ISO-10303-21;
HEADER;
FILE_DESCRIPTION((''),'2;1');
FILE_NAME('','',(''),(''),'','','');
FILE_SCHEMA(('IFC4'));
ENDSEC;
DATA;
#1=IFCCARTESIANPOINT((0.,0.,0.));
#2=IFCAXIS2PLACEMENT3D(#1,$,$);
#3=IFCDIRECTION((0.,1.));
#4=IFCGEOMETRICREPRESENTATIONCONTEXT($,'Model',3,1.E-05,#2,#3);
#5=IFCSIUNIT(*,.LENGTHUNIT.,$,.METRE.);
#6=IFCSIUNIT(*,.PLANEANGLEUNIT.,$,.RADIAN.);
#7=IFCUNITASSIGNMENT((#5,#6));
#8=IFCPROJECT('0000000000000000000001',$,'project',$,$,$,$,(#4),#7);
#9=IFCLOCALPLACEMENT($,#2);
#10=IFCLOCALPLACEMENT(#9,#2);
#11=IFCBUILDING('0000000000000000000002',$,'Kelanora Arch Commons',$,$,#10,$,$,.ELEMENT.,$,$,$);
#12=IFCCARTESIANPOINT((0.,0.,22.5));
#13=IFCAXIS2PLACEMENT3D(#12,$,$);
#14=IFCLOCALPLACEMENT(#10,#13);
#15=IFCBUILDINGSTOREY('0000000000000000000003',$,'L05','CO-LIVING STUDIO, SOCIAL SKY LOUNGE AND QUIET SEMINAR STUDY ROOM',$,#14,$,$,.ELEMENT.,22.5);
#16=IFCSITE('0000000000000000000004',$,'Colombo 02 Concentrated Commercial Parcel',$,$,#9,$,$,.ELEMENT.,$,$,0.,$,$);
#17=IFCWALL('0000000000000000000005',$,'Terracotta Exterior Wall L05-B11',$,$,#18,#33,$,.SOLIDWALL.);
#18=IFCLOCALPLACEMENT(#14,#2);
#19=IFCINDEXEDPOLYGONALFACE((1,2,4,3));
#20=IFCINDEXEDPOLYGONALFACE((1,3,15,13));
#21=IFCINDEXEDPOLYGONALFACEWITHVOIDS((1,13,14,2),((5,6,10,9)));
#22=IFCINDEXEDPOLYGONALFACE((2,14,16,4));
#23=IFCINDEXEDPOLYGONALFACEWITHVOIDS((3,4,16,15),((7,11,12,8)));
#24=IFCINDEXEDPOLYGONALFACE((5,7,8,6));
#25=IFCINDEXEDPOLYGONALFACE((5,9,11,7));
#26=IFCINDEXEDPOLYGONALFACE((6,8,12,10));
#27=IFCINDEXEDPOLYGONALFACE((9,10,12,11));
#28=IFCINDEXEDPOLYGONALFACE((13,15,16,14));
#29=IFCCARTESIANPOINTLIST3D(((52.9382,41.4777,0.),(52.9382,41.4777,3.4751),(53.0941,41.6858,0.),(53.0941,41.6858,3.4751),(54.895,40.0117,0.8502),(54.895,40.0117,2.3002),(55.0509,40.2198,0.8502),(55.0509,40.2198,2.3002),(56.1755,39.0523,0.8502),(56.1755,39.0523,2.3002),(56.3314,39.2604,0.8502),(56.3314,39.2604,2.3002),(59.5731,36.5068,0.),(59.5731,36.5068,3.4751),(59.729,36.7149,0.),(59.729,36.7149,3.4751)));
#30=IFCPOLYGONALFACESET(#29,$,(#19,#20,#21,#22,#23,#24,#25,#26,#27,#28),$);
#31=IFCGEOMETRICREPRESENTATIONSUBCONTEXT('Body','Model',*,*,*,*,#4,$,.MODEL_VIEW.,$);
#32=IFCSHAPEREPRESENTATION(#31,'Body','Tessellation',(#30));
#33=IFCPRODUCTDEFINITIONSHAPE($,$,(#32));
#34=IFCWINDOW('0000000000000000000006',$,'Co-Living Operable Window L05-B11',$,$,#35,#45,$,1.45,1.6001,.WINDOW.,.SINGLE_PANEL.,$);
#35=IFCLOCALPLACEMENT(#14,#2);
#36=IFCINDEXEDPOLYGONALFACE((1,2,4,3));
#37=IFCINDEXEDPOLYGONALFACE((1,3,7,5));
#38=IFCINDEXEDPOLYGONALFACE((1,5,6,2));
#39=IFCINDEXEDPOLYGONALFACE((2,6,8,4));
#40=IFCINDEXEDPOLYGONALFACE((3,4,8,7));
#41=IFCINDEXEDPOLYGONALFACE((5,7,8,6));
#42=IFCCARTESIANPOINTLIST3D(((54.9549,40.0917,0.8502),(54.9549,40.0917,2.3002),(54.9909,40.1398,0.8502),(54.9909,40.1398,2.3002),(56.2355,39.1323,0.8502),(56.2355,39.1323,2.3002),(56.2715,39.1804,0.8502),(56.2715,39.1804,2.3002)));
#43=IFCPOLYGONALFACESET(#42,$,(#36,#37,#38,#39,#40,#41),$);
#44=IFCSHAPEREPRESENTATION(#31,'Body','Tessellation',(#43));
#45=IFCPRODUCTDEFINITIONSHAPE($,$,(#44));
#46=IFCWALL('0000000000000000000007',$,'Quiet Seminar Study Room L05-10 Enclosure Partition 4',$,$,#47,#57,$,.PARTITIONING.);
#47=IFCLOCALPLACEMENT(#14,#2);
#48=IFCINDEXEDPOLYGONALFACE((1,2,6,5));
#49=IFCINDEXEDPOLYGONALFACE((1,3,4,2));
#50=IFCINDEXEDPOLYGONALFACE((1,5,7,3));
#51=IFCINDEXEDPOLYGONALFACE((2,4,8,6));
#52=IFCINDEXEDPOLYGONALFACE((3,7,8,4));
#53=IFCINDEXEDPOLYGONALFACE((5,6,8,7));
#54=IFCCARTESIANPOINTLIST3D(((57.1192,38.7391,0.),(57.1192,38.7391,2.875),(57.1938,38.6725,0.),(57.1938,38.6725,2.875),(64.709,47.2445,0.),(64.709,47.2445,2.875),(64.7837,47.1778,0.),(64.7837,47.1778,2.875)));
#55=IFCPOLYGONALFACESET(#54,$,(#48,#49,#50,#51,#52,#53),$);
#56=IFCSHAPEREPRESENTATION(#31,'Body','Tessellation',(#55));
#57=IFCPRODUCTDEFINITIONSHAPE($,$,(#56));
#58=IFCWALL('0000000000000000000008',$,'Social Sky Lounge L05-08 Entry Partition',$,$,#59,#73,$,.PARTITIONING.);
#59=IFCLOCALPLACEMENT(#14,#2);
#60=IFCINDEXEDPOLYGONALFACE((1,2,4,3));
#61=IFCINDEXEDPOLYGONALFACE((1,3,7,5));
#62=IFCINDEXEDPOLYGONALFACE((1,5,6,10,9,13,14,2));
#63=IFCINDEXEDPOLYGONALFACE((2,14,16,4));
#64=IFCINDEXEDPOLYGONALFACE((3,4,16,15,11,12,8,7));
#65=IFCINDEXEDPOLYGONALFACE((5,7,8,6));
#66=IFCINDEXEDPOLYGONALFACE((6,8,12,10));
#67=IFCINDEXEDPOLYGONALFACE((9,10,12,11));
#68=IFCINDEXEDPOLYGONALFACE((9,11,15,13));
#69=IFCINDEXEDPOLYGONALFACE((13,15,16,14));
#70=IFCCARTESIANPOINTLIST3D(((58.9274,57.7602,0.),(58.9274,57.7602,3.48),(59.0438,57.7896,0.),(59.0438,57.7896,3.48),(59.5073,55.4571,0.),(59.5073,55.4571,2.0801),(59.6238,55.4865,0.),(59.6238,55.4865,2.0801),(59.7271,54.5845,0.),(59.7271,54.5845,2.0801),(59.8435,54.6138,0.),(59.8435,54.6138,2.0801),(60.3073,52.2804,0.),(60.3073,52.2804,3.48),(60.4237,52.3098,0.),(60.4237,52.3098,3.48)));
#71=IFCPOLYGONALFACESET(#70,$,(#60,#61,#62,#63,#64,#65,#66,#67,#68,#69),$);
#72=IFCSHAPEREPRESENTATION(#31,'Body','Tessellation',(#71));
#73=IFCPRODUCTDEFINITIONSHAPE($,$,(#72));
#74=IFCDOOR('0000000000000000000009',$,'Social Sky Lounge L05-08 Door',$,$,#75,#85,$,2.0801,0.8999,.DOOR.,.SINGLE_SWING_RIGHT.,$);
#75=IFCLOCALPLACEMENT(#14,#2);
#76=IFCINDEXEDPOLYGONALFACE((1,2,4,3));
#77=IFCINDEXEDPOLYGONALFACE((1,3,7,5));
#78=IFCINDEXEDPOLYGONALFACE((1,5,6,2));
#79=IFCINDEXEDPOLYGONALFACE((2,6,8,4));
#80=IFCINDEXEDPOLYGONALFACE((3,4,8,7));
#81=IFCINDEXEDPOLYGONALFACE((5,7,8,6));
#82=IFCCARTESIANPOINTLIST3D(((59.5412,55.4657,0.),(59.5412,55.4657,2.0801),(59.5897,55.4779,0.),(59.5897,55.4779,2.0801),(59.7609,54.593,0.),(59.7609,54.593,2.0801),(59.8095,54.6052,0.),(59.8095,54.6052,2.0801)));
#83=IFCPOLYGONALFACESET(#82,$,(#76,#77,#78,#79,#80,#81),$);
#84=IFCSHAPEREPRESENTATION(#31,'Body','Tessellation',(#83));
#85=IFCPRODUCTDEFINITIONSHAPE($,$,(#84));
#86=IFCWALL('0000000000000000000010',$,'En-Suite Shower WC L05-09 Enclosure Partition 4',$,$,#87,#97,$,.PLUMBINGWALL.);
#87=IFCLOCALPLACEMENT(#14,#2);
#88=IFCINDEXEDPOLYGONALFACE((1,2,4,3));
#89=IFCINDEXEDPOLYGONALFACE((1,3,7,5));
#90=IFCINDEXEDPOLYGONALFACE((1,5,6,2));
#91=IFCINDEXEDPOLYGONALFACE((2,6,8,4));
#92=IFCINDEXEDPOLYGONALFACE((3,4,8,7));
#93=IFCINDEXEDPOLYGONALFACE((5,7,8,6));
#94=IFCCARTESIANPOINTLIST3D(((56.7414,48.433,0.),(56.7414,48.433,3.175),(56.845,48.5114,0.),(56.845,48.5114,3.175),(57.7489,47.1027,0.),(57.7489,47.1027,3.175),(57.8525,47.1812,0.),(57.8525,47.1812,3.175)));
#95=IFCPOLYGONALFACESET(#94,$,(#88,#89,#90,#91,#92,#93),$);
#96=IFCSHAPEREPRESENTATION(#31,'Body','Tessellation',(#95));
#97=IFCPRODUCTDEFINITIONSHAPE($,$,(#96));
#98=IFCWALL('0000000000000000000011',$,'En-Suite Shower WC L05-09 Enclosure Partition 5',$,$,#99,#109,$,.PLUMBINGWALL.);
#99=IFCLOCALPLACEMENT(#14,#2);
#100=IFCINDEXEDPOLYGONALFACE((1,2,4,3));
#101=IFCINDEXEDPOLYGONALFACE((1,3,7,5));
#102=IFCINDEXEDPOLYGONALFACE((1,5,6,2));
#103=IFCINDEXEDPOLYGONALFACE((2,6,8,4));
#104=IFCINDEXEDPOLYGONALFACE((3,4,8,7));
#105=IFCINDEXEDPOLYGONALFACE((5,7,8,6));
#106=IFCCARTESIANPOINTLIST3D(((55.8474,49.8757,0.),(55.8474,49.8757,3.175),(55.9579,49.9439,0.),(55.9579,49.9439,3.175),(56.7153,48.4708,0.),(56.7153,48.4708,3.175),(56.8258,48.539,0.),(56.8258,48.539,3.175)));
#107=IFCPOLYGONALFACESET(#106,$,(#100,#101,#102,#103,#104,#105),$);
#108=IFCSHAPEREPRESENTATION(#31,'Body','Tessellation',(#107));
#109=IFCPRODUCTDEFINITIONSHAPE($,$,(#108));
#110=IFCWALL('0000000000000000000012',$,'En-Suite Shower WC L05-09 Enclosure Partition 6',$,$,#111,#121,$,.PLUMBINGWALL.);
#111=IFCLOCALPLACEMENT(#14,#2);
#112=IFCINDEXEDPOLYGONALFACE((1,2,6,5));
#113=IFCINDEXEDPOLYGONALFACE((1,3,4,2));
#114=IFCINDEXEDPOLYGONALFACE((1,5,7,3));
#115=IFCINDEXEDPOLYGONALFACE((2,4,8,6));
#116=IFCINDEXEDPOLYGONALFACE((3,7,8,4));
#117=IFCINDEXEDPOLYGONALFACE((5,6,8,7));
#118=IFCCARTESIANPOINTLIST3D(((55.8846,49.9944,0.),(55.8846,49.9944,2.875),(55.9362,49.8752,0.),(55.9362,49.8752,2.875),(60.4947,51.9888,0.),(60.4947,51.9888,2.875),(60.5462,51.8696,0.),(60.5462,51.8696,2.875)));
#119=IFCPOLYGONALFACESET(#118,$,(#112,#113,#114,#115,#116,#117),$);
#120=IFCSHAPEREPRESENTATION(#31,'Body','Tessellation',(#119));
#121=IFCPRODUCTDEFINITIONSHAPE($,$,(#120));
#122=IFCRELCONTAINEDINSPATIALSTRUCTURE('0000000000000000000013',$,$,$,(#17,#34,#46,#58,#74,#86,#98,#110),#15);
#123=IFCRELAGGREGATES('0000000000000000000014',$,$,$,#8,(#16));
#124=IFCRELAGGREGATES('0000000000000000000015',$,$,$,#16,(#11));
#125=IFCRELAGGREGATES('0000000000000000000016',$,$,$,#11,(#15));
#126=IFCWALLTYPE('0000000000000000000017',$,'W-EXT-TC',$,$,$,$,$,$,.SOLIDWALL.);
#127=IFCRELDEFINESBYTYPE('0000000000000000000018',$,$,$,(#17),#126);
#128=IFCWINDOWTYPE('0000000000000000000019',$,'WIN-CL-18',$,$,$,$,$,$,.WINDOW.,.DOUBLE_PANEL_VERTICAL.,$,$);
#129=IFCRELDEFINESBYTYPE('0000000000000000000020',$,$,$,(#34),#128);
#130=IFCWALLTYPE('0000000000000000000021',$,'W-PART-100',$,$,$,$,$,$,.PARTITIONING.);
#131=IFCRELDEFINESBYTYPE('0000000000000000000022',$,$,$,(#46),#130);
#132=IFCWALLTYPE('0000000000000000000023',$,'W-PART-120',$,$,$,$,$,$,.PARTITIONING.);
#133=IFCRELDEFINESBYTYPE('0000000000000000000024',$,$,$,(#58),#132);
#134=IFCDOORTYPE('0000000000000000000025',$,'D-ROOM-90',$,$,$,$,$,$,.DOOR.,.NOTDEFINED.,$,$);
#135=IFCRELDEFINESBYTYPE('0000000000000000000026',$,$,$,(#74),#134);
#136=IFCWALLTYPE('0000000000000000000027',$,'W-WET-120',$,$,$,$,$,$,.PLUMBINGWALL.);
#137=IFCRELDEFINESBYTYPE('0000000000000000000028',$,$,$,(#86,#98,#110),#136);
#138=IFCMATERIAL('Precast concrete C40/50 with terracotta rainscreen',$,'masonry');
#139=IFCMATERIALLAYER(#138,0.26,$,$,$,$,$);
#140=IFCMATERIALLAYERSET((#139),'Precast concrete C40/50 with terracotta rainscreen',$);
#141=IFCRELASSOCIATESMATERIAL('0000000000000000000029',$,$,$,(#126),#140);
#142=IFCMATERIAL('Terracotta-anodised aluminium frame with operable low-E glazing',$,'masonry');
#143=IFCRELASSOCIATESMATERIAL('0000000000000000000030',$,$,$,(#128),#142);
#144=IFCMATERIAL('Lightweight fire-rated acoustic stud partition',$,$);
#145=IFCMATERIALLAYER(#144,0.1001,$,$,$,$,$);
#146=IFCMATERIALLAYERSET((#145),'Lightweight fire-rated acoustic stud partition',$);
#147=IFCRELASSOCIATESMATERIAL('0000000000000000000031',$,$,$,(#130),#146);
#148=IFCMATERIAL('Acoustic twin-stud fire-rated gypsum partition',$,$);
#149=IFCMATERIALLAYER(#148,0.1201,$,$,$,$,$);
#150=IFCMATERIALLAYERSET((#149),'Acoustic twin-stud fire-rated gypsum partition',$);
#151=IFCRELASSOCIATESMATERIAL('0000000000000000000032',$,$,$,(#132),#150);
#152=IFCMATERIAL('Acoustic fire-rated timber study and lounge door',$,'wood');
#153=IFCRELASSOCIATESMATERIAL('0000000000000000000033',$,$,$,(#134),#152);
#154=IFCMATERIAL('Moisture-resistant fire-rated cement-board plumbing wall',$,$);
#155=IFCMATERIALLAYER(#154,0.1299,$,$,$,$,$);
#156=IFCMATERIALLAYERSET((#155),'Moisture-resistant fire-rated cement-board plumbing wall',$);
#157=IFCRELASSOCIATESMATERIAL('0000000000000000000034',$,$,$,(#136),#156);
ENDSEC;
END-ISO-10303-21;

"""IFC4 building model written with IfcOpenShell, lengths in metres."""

from ifc_helpers import new_model, si_unit, direction, frame, frame_2d, origin, place, context, subcontext, project, spatial, rectangle, extrude, material, layer, layer_set, type_object, element, fill, save


model = new_model("IFC4")

# Units and contexts
model_context = context("Model", 3, precision=1e-05, world=origin(), true_north=direction((0.0, 1.0)))
body_context = subcontext(model_context, "Body", "Model", "MODEL_VIEW")
ifc_project = project(units=[si_unit("LENGTHUNIT", "METRE"), si_unit("PLANEANGLEUNIT", "RADIAN")], contexts=[model_context])

# Site, building, storey
site_placement = place(None, origin())
site = spatial("IfcSite", under=ifc_project, at=site_placement, Name="Colombo 02 Concentrated Commercial Parcel", CompositionType="ELEMENT", RefElevation=0.0)
building_placement = place(site_placement, origin())
building = spatial("IfcBuilding", under=site, at=building_placement, Name="Kelanora Arch Commons", CompositionType="ELEMENT")
storey_placement = place(building_placement, frame((0.0, 0.0, 22.5)))
storey = spatial("IfcBuildingStorey", under=building, at=storey_placement, Name="L05", Description="CO-LIVING STUDIO, SOCIAL SKY LOUNGE AND QUIET SEMINAR STUDY ROOM", CompositionType="ELEMENT", Elevation=22.5)

# Wall, opening, window
ifc_material_1 = material(Name="Precast concrete C40/50 with terracotta rainscreen", Category="masonry")
ifc_layer_1 = layer(ifc_material_1, 0.26)
ifc_layer_set_1 = layer_set([ifc_layer_1], Name="Precast concrete C40/50 with terracotta rainscreen")
wall_type_1 = type_object("IfcWallType", Name="W-EXT-TC", PredefinedType="SOLIDWALL", material=ifc_layer_set_1)
wall_1_placement = place(storey_placement, frame((53.0161, 41.5818, 0.0), z_axis=(0.0, 0.0, 1.0), x_axis=(0.800307, -0.59959, 0.0)))
wall_1 = element("IfcWall", 1, at=wall_1_placement, inside=storey, type_object=wall_type_1, Name="Terracotta Exterior Wall L05-B11", PredefinedType="SOLIDWALL", context=body_context, shape_type="SweptSolid", body=[
    extrude(rectangle(XDim=8.2905, YDim=0.26, at=frame_2d((4.1453, 0.0))), origin(), (0.0, 0.0, 1.0), 3.4751),
])
opening_1_placement = place(wall_1_placement, frame((2.4451, 0.0, 0.8501)))
opening_1 = element("IfcOpeningElement", 2, at=opening_1_placement, cuts=wall_1, PredefinedType="OPENING", context=body_context, shape_type="SweptSolid", body=[
    extrude(rectangle(XDim=1.6001, YDim=1.45, at=frame_2d((0.8, 0.7251))), frame((0.0, 0.1401, 0.0), z_axis=(0.0, -1.0, 0.0), x_axis=(1.0, 0.0, 0.0)), (0.0, 0.0, 1.0), 0.28),
])
ifc_material_2 = material(Name="Terracotta-anodised aluminium frame with operable low-E glazing", Category="masonry")
window_type = type_object("IfcWindowType", Name="WIN-CL-18", PartitioningType="DOUBLE_PANEL_VERTICAL", PredefinedType="WINDOW", material=ifc_material_2)
window_placement = place(opening_1_placement, origin())
window = element("IfcWindow", 3, at=window_placement, inside=storey, type_object=window_type, Name="Co-Living Operable Window L05-B11", OverallHeight=1.45, OverallWidth=1.6001, PartitioningType="SINGLE_PANEL", PredefinedType="WINDOW", context=body_context, shape_type="SweptSolid", body=[
    extrude(rectangle(XDim=1.6001, YDim=1.45, at=frame_2d((0.8, 0.7251))), frame((0.0, 0.03, 0.0), z_axis=(0.0, -1.0, 0.0), x_axis=(1.0, 0.0, 0.0)), (0.0, 0.0, 1.0), 0.0601),
])
fill(opening_1, window)

# Wall
ifc_material_3 = material(Name="Lightweight fire-rated acoustic stud partition")
ifc_layer_2 = layer(ifc_material_3, 0.1001)
ifc_layer_set_2 = layer_set([ifc_layer_2], Name="Lightweight fire-rated acoustic stud partition")
wall_type_2 = type_object("IfcWallType", Name="W-PART-100", PredefinedType="PARTITIONING", material=ifc_layer_set_2)
wall_2_placement = place(storey_placement, frame((57.1565, 38.7058, 0.0), z_axis=(0.0, 0.0, 1.0), x_axis=(0.665809, 0.746122, 0.0)))
element("IfcWall", 4, at=wall_2_placement, inside=storey, type_object=wall_type_2, Name="Quiet Seminar Study Room L05-10 Enclosure Partition 4", PredefinedType="PARTITIONING", context=body_context, shape_type="SweptSolid", body=[
    extrude(rectangle(XDim=11.3994, YDim=0.1001, at=frame_2d((5.6997, 0.0))), origin(), (0.0, 0.0, 1.0), 2.875),
])

# Wall, opening, door
ifc_material_4 = material(Name="Acoustic twin-stud fire-rated gypsum partition")
ifc_layer_3 = layer(ifc_material_4, 0.1201)
ifc_layer_set_3 = layer_set([ifc_layer_3], Name="Acoustic twin-stud fire-rated gypsum partition")
wall_type_3 = type_object("IfcWallType", Name="W-PART-120", PredefinedType="PARTITIONING", material=ifc_layer_set_3)
wall_3_placement = place(storey_placement, frame((58.9856, 57.7749, 0.0), z_axis=(0.0, 0.0, 1.0), x_axis=(0.244192, -0.969727, 0.0)))
wall_3 = element("IfcWall", 5, at=wall_3_placement, inside=storey, type_object=wall_type_3, Name="Social Sky Lounge L05-08 Entry Partition", PredefinedType="PARTITIONING", context=body_context, shape_type="SweptSolid", body=[
    extrude(rectangle(XDim=5.6509, YDim=0.1201, at=frame_2d((2.8254, 0.0))), origin(), (0.0, 0.0, 1.0), 3.48),
])
opening_2_placement = place(wall_3_placement, frame((2.375, 0.0, 0.0)))
opening_2 = element("IfcOpeningElement", 6, at=opening_2_placement, cuts=wall_3, PredefinedType="OPENING", context=body_context, shape_type="SweptSolid", body=[
    extrude(rectangle(XDim=0.8999, YDim=2.0801, at=frame_2d((0.45, 1.04))), frame((0.0, 0.0701, 0.0), z_axis=(0.0, -1.0, 0.0), x_axis=(1.0, 0.0, 0.0)), (0.0, 0.0, 1.0), 0.1401),
])
ifc_material_5 = material(Name="Acoustic fire-rated timber study and lounge door", Category="wood")
door_type = type_object("IfcDoorType", Name="D-ROOM-90", OperationType="NOTDEFINED", PredefinedType="DOOR", material=ifc_material_5)
door_placement = place(opening_2_placement, origin())
door = element("IfcDoor", 7, at=door_placement, inside=storey, type_object=door_type, Name="Social Sky Lounge L05-08 Door", OperationType="SINGLE_SWING_RIGHT", OverallHeight=2.0801, OverallWidth=0.8999, PredefinedType="DOOR", context=body_context, shape_type="SweptSolid", body=[
    extrude(rectangle(XDim=0.8999, YDim=2.0801, at=frame_2d((0.45, 1.04))), frame((0.0, 0.0249, 0.0), z_axis=(0.0, -1.0, 0.0), x_axis=(1.0, 0.0, 0.0)), (0.0, 0.0, 1.0), 0.05),
])
fill(opening_2, door)

# Walls
ifc_material_6 = material(Name="Moisture-resistant fire-rated cement-board plumbing wall")
ifc_layer_4 = layer(ifc_material_6, 0.1299)
ifc_layer_set_4 = layer_set([ifc_layer_4], Name="Moisture-resistant fire-rated cement-board plumbing wall")
wall_type_4 = type_object("IfcWallType", Name="W-WET-120", PredefinedType="PLUMBINGWALL", material=ifc_layer_set_4)
wall_4_placement = place(storey_placement, frame((57.8008, 47.1418, 0.0), z_axis=(0.0, 0.0, 1.0), x_axis=(-0.603762, 0.797165, 0.0)))
element("IfcWall", 8, at=wall_4_placement, inside=storey, type_object=wall_type_4, Name="En-Suite Shower WC L05-09 Enclosure Partition 4", PredefinedType="PLUMBINGWALL", context=body_context, shape_type="SweptSolid", body=[
    extrude(rectangle(XDim=1.6687, YDim=0.1299, at=frame_2d((0.8345, 0.0))), origin(), (0.0, 0.0, 1.0), 3.175),
])
wall_5_placement = place(storey_placement, frame((56.7705, 48.5049, 0.0), z_axis=(0.0, 0.0, 1.0), x_axis=(-0.52554, 0.850769, 0.0)))
element("IfcWall", 9, at=wall_5_placement, inside=storey, type_object=wall_type_4, Name="En-Suite Shower WC L05-09 Enclosure Partition 5", PredefinedType="PLUMBINGWALL", context=body_context, shape_type="SweptSolid", body=[
    extrude(rectangle(XDim=1.6514, YDim=0.1299, at=frame_2d((0.8257, 0.0))), origin(), (0.0, 0.0, 1.0), 3.175),
])
wall_6_placement = place(storey_placement, frame((55.9104, 49.9348, 0.0), z_axis=(0.0, 0.0, 1.0), x_axis=(0.917797, 0.397049, 0.0)))
element("IfcWall", 10, at=wall_6_placement, inside=storey, type_object=wall_type_4, Name="En-Suite Shower WC L05-09 Enclosure Partition 6", PredefinedType="PLUMBINGWALL", context=body_context, shape_type="SweptSolid", body=[
    extrude(rectangle(XDim=5.0229, YDim=0.1299, at=frame_2d((2.5115, 0.0))), origin(), (0.0, 0.0, 1.0), 2.875),
])

save(model, "model.ifc")
